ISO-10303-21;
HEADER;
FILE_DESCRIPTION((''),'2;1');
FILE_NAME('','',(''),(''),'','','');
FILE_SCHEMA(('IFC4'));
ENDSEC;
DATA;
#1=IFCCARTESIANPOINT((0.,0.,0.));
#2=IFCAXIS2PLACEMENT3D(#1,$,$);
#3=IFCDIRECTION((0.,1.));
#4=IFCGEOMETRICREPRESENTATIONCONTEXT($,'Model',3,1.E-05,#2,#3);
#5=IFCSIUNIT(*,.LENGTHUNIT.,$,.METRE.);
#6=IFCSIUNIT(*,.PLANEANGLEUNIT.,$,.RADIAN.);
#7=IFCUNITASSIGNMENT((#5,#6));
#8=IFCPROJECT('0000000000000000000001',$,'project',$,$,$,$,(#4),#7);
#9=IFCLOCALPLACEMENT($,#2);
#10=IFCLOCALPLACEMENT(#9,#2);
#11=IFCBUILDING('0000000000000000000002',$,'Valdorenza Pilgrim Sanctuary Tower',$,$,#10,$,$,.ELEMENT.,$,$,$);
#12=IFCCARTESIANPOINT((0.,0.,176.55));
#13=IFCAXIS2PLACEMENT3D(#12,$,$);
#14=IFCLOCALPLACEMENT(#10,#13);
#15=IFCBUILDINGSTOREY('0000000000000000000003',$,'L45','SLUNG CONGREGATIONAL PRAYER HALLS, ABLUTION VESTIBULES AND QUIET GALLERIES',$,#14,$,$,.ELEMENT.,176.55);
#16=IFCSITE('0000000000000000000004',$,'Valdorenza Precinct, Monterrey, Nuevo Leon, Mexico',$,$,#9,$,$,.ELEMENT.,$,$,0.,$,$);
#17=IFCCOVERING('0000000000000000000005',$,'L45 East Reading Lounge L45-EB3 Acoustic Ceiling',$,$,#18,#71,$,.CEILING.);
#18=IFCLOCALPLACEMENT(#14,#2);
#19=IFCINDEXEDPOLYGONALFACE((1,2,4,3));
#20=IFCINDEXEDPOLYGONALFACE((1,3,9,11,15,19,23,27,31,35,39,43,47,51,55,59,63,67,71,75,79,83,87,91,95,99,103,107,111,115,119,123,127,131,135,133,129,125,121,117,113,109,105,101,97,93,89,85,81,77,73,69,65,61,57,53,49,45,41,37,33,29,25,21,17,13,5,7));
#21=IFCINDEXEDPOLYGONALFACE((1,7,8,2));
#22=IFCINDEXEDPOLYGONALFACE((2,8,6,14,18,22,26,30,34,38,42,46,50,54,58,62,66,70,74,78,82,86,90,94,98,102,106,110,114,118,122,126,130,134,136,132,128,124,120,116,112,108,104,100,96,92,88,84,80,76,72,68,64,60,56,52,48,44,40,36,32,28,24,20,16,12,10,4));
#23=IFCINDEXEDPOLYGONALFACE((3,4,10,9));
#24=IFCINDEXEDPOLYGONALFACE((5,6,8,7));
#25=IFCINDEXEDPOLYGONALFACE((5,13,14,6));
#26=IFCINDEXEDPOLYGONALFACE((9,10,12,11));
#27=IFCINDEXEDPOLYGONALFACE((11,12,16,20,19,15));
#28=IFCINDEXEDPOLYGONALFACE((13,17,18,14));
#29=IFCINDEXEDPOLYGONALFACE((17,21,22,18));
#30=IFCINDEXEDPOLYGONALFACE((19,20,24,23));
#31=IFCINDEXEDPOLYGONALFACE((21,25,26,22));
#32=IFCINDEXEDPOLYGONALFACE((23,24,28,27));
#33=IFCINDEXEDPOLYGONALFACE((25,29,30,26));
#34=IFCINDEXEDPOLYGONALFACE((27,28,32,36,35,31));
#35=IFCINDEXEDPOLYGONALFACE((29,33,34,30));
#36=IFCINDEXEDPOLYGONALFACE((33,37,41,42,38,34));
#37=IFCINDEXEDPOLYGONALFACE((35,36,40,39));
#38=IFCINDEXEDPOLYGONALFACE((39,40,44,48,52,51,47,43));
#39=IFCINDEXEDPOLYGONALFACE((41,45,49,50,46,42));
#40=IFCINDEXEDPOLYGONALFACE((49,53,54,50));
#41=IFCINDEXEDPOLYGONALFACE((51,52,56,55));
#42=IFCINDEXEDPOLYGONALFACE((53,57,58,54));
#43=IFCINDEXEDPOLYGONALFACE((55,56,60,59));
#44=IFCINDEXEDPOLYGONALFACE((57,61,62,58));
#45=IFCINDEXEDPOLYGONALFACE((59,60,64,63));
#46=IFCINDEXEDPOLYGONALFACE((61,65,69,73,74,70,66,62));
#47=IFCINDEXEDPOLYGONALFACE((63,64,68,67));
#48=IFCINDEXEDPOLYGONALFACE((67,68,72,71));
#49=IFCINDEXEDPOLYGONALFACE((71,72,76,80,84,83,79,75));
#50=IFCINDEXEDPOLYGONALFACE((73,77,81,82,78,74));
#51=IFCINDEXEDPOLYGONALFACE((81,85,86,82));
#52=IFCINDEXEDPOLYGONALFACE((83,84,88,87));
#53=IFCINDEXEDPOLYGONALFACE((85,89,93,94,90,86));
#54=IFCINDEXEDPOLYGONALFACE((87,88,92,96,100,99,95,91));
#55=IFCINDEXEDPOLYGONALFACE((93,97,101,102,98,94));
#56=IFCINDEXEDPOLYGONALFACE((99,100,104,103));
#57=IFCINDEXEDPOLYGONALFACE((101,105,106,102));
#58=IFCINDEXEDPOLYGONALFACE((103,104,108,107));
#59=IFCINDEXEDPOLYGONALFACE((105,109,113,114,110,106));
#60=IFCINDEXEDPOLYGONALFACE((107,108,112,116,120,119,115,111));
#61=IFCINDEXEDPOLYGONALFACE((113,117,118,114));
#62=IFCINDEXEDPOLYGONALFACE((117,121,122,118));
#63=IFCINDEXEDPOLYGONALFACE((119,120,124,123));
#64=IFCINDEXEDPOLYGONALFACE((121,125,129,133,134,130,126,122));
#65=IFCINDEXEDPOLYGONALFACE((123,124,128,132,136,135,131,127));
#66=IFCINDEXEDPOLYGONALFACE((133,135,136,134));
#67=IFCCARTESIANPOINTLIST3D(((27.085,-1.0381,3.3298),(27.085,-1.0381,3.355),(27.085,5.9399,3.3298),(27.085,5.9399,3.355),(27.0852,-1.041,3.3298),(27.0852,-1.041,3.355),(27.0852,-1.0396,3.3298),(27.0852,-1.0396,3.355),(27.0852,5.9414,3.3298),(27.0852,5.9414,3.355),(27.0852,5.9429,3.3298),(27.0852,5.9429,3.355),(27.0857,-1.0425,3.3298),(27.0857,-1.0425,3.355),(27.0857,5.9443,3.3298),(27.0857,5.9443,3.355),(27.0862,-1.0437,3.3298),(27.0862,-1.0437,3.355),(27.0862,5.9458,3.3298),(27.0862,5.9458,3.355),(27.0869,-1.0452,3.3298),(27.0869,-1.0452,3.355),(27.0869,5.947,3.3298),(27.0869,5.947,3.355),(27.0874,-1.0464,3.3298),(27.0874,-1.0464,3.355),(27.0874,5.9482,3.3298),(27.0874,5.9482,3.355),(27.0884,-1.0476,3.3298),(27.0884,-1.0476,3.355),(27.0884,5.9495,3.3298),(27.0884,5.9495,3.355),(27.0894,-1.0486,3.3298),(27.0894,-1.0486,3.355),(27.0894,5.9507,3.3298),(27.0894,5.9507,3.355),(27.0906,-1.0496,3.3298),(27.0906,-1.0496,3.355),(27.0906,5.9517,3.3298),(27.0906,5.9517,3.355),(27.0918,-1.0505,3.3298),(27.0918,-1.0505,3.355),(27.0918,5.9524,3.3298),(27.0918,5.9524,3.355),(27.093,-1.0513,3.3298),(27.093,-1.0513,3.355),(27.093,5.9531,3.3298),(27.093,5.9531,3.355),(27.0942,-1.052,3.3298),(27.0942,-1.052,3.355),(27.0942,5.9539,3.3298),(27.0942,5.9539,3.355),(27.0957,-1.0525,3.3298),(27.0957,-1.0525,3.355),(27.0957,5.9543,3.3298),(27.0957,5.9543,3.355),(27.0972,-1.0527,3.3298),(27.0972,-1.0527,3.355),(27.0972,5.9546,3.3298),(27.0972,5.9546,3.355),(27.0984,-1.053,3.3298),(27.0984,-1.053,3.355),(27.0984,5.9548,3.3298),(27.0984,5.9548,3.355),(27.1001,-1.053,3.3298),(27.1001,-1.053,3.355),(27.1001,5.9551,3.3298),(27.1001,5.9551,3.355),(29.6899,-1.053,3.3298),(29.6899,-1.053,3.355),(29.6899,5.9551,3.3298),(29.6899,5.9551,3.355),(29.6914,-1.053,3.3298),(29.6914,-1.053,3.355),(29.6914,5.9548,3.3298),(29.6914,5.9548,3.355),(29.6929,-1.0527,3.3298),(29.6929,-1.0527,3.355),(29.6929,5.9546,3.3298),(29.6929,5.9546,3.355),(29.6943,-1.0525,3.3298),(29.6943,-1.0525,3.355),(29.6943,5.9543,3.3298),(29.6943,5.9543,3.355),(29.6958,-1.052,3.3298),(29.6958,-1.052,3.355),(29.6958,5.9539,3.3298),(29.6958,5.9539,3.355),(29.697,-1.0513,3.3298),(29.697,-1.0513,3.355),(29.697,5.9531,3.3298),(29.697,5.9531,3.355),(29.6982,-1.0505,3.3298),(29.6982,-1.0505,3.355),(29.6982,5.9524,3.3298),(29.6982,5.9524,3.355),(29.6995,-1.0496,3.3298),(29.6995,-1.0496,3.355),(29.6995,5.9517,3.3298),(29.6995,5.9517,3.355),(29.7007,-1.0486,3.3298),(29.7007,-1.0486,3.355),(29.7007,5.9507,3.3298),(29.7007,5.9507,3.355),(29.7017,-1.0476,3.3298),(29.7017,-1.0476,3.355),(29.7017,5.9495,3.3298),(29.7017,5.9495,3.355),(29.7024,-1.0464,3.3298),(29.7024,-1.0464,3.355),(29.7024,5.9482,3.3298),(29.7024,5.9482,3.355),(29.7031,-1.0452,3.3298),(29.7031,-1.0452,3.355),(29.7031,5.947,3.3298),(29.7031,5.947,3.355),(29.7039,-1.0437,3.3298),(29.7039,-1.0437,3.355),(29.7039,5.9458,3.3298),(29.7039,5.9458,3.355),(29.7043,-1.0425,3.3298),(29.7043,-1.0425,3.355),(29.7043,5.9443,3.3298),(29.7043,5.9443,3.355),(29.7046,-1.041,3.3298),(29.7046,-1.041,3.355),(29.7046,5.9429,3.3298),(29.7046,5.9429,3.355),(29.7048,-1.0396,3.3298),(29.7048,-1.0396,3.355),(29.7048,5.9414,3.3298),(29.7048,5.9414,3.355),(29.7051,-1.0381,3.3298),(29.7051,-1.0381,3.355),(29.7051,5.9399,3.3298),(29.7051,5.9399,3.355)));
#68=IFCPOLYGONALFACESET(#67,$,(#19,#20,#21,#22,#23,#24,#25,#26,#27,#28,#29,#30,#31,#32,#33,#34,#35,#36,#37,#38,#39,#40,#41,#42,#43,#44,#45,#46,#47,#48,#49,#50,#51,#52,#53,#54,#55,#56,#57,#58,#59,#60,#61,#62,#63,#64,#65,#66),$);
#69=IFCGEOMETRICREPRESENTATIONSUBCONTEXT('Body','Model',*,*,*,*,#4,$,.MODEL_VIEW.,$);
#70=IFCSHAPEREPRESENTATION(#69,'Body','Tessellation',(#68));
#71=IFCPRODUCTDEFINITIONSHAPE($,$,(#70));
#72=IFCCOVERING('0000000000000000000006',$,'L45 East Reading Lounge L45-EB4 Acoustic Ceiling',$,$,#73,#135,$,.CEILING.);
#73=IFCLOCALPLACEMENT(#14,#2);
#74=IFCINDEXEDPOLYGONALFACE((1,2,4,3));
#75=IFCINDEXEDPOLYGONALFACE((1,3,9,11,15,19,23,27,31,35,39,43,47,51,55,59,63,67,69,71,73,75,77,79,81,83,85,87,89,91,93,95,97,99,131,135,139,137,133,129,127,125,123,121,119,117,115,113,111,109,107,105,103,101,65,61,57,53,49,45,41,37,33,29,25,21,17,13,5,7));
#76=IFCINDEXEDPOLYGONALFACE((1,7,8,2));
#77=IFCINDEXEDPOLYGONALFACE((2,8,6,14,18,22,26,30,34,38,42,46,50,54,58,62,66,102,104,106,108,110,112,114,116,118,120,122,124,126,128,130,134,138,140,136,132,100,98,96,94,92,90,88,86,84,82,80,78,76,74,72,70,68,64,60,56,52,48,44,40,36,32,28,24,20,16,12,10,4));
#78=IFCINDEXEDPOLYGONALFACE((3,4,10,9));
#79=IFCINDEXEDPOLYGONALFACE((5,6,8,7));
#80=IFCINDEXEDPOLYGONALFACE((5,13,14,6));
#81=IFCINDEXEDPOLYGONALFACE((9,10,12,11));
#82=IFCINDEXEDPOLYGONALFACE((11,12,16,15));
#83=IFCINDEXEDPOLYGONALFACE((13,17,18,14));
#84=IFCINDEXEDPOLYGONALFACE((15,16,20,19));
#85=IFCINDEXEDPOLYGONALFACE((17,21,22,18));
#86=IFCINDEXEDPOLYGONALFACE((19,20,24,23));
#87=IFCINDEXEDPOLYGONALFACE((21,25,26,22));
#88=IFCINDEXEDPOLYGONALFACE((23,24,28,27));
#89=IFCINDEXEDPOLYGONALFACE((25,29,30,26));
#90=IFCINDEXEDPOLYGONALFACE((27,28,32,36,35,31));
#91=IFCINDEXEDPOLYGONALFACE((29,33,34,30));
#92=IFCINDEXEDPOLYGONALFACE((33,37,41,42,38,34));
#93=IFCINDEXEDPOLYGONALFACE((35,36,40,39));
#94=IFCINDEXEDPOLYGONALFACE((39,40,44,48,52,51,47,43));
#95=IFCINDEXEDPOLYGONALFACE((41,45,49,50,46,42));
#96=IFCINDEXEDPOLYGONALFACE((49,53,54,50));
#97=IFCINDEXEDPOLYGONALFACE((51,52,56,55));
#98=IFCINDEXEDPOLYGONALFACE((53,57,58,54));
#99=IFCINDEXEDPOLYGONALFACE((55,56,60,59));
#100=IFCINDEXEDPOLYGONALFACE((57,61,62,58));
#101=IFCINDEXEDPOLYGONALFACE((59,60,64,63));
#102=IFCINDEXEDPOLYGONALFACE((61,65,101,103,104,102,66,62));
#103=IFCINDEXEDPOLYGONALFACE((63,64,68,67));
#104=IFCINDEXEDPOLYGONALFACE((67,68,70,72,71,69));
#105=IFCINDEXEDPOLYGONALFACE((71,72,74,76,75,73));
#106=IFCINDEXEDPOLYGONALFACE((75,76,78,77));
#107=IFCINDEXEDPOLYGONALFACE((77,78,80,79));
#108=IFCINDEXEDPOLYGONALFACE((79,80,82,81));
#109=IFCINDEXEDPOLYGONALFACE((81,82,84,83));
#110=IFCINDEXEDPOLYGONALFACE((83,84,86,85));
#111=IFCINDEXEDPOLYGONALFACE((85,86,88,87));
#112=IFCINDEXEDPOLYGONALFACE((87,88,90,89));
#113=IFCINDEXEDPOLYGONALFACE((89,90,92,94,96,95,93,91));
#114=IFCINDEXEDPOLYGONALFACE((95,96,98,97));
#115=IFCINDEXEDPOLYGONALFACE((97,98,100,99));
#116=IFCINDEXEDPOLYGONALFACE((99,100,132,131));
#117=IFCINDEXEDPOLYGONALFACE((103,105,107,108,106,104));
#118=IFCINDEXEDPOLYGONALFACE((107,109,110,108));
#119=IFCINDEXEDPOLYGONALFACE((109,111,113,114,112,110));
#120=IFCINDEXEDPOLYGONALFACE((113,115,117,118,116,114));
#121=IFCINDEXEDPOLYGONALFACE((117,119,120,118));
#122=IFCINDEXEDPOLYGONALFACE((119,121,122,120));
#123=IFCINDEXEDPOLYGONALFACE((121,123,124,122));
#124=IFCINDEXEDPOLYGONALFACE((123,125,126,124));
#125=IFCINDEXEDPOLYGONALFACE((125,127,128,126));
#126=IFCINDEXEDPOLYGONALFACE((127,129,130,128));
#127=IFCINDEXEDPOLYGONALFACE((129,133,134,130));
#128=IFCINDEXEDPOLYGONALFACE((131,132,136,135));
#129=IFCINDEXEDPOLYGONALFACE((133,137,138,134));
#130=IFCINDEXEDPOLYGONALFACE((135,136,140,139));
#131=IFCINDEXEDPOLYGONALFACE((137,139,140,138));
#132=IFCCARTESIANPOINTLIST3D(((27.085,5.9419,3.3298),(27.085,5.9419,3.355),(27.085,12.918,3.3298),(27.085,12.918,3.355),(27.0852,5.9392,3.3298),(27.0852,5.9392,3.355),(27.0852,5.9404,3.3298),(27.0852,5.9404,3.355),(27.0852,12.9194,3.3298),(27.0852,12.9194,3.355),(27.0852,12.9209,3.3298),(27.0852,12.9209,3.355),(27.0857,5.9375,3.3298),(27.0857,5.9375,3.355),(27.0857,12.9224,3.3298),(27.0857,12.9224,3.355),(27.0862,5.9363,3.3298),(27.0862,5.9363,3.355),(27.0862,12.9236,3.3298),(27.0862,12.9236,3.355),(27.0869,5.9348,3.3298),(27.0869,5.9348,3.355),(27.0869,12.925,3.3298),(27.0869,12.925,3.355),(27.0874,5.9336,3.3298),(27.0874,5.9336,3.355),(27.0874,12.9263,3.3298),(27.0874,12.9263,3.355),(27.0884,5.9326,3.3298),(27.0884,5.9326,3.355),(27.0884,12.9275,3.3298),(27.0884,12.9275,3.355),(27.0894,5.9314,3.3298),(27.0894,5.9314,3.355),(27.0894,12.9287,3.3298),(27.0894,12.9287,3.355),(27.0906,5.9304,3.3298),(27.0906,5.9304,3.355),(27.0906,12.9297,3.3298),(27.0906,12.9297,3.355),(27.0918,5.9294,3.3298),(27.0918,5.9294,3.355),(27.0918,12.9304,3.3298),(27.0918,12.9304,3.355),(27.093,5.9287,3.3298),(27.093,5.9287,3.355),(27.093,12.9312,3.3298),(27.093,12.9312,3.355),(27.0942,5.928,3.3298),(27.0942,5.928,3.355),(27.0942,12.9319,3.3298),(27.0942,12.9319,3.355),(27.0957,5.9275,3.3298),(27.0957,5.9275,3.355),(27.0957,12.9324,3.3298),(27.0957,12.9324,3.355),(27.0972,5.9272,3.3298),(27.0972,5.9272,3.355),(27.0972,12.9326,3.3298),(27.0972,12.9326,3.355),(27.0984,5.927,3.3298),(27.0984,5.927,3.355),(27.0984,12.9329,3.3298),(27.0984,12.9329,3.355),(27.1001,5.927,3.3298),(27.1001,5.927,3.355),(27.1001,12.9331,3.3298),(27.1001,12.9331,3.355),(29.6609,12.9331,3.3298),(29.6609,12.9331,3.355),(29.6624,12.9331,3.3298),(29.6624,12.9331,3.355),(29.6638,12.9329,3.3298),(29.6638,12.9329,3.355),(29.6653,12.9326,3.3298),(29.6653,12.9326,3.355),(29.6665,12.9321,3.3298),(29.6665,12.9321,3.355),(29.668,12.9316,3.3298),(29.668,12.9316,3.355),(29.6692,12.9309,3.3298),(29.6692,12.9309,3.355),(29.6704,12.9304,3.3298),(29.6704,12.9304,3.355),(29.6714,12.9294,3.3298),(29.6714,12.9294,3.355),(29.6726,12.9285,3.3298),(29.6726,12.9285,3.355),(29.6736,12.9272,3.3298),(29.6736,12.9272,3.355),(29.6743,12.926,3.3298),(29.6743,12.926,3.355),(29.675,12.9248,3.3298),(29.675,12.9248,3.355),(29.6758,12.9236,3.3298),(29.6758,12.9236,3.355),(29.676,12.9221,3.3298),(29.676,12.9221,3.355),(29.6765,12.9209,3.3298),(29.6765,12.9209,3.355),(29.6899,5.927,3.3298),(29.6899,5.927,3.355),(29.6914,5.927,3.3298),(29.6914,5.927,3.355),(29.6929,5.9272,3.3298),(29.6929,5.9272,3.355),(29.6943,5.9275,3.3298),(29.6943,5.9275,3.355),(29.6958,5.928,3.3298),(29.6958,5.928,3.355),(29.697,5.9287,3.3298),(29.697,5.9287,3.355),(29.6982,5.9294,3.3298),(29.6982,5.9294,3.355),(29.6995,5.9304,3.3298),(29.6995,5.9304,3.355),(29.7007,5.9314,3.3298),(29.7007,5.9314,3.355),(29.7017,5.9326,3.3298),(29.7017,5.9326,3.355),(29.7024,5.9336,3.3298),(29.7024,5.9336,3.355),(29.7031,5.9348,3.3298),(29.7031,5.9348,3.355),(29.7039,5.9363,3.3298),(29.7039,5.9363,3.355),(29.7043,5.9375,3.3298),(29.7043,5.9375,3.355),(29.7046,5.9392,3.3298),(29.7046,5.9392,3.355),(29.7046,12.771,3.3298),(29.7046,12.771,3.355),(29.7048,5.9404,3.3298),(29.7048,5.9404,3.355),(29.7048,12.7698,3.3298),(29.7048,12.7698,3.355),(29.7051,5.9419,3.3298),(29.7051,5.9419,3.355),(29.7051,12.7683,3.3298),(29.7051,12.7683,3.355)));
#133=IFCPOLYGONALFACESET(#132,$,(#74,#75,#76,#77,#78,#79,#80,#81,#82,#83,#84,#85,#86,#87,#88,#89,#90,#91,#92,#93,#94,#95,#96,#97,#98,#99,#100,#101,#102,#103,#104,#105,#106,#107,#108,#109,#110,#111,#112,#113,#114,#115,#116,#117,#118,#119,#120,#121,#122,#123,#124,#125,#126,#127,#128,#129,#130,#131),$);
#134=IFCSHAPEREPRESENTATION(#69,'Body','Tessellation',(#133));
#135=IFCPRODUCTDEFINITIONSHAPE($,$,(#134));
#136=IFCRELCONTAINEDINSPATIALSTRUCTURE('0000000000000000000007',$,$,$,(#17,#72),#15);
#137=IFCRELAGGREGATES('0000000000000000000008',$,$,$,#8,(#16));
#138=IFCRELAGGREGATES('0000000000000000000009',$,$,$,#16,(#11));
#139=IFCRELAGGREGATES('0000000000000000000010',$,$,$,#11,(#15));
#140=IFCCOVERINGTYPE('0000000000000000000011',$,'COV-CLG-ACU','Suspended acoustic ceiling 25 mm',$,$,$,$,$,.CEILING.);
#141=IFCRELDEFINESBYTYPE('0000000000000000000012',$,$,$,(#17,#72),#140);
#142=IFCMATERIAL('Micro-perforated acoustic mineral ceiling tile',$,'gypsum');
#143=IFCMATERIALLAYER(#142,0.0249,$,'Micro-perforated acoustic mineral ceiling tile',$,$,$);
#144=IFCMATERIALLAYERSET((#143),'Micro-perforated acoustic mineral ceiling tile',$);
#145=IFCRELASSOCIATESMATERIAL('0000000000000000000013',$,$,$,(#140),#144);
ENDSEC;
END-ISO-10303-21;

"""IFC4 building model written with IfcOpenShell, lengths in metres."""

from ifc_helpers import new_model, si_unit, direction, frame, origin, place, context, subcontext, project, spatial, polyline, outline, extrude, material, layer, layer_set, type_object, element, save


model = new_model("IFC4")

# Units and contexts
model_context = context("Model", 3, precision=1e-05, world=origin(), true_north=direction((0.0, 1.0)))
body_context = subcontext(model_context, "Body", "Model", "MODEL_VIEW")
ifc_project = project(units=[si_unit("LENGTHUNIT", "METRE"), si_unit("PLANEANGLEUNIT", "RADIAN")], contexts=[model_context])

# Site, building, storey
site_placement = place(None, origin())
site = spatial("IfcSite", under=ifc_project, at=site_placement, Name="Valdorenza Precinct, Monterrey, Nuevo Leon, Mexico", CompositionType="ELEMENT", RefElevation=0.0)
building_placement = place(site_placement, origin())
building = spatial("IfcBuilding", under=site, at=building_placement, Name="Valdorenza Pilgrim Sanctuary Tower", CompositionType="ELEMENT")
storey_placement = place(building_placement, frame((0.0, 0.0, 176.55)))
storey = spatial("IfcBuildingStorey", under=building, at=storey_placement, Name="L45", Description="SLUNG CONGREGATIONAL PRAYER HALLS, ABLUTION VESTIBULES AND QUIET GALLERIES", CompositionType="ELEMENT", Elevation=176.55)

# Coverings
ifc_material_1 = material(Name="Micro-perforated acoustic mineral ceiling tile", Category="gypsum")
ifc_layer_1 = layer(ifc_material_1, 0.0249, Name="Micro-perforated acoustic mineral ceiling tile")
ifc_layer_set_1 = layer_set([ifc_layer_1], Name="Micro-perforated acoustic mineral ceiling tile")
covering_type_1 = type_object("IfcCoveringType", Name="COV-CLG-ACU", Description="Suspended acoustic ceiling 25 mm", PredefinedType="CEILING", material=ifc_layer_set_1)
covering_1_placement = place(storey_placement, frame((0.0, 0.0, 3.3298)))
element("IfcCovering", 1, at=covering_1_placement, inside=storey, type_object=covering_type_1, Name="L45 East Reading Lounge L45-EB3 Acoustic Ceiling", PredefinedType="CEILING", context=body_context, shape_type="SweptSolid", body=[
    extrude(outline(polyline([(27.085, 5.9399), (27.0852, 5.9414), (27.0852, 5.9429), (27.0857, 5.9443), (27.0862, 5.9458), (27.0869, 5.947), (27.0874, 5.9482), (27.0884, 5.9495), (27.0894, 5.9507), (27.0906, 5.9517), (27.0918, 5.9524), (27.093, 5.9531), (27.0942, 5.9539), (27.0957, 5.9543), (27.0972, 5.9546), (27.0984, 5.9548), (27.1001, 5.9551), (29.6899, 5.9551), (29.6914, 5.9548), (29.6929, 5.9546), (29.6943, 5.9543), (29.6958, 5.9539), (29.697, 5.9531), (29.6982, 5.9524), (29.6995, 5.9517), (29.7007, 5.9507), (29.7017, 5.9495), (29.7024, 5.9482), (29.7031, 5.947), (29.7039, 5.9458), (29.7043, 5.9443), (29.7046, 5.9429), (29.7048, 5.9414), (29.7051, 5.9399), (29.7051, -1.0381), (29.7048, -1.0396), (29.7046, -1.041), (29.7043, -1.0425), (29.7039, -1.0437), (29.7031, -1.0452), (29.7024, -1.0464), (29.7017, -1.0476), (29.7007, -1.0486), (29.6995, -1.0496), (29.6982, -1.0505), (29.697, -1.0513), (29.6958, -1.052), (29.6943, -1.0525), (29.6929, -1.0527), (29.6914, -1.053), (29.6899, -1.053), (27.1001, -1.053), (27.0984, -1.053), (27.0972, -1.0527), (27.0957, -1.0525), (27.0942, -1.052), (27.093, -1.0513), (27.0918, -1.0505), (27.0906, -1.0496), (27.0894, -1.0486), (27.0884, -1.0476), (27.0874, -1.0464), (27.0869, -1.0452), (27.0862, -1.0437), (27.0857, -1.0425), (27.0852, -1.041), (27.0852, -1.0396), (27.085, -1.0381), (27.085, 5.9399)])), origin(), (0.0, 0.0, 1.0), 0.0251),
])
covering_2_placement = place(storey_placement, frame((0.0, 0.0, 3.3298)))
element("IfcCovering", 2, at=covering_2_placement, inside=storey, type_object=covering_type_1, Name="L45 East Reading Lounge L45-EB4 Acoustic Ceiling", PredefinedType="CEILING", context=body_context, shape_type="SweptSolid", body=[
    extrude(outline(polyline([(27.085, 12.918), (27.0852, 12.9194), (27.0852, 12.9209), (27.0857, 12.9224), (27.0862, 12.9236), (27.0869, 12.925), (27.0874, 12.9263), (27.0884, 12.9275), (27.0894, 12.9287), (27.0906, 12.9297), (27.0918, 12.9304), (27.093, 12.9312), (27.0942, 12.9319), (27.0957, 12.9324), (27.0972, 12.9326), (27.0984, 12.9329), (27.1001, 12.9331), (29.6609, 12.9331), (29.6609, 12.9331), (29.6624, 12.9331), (29.6638, 12.9329), (29.6653, 12.9326), (29.6665, 12.9321), (29.668, 12.9316), (29.6692, 12.9309), (29.6704, 12.9304), (29.6714, 12.9294), (29.6726, 12.9285), (29.6736, 12.9272), (29.6743, 12.926), (29.675, 12.9248), (29.6758, 12.9236), (29.676, 12.9221), (29.6765, 12.9209), (29.7046, 12.771), (29.7048, 12.7698), (29.7051, 12.7683), (29.7051, 5.9419), (29.7048, 5.9404), (29.7046, 5.9392), (29.7043, 5.9375), (29.7039, 5.9363), (29.7031, 5.9348), (29.7024, 5.9336), (29.7017, 5.9326), (29.7007, 5.9314), (29.6995, 5.9304), (29.6982, 5.9294), (29.697, 5.9287), (29.6958, 5.928), (29.6943, 5.9275), (29.6929, 5.9272), (29.6914, 5.927), (29.6899, 5.927), (27.1001, 5.927), (27.0984, 5.927), (27.0972, 5.9272), (27.0957, 5.9275), (27.0942, 5.928), (27.093, 5.9287), (27.0918, 5.9294), (27.0906, 5.9304), (27.0894, 5.9314), (27.0884, 5.9326), (27.0874, 5.9336), (27.0869, 5.9348), (27.0862, 5.9363), (27.0857, 5.9375), (27.0852, 5.9392), (27.0852, 5.9404), (27.085, 5.9419), (27.085, 12.918)])), origin(), (0.0, 0.0, 1.0), 0.0251),
])

save(model, "model.ifc")
